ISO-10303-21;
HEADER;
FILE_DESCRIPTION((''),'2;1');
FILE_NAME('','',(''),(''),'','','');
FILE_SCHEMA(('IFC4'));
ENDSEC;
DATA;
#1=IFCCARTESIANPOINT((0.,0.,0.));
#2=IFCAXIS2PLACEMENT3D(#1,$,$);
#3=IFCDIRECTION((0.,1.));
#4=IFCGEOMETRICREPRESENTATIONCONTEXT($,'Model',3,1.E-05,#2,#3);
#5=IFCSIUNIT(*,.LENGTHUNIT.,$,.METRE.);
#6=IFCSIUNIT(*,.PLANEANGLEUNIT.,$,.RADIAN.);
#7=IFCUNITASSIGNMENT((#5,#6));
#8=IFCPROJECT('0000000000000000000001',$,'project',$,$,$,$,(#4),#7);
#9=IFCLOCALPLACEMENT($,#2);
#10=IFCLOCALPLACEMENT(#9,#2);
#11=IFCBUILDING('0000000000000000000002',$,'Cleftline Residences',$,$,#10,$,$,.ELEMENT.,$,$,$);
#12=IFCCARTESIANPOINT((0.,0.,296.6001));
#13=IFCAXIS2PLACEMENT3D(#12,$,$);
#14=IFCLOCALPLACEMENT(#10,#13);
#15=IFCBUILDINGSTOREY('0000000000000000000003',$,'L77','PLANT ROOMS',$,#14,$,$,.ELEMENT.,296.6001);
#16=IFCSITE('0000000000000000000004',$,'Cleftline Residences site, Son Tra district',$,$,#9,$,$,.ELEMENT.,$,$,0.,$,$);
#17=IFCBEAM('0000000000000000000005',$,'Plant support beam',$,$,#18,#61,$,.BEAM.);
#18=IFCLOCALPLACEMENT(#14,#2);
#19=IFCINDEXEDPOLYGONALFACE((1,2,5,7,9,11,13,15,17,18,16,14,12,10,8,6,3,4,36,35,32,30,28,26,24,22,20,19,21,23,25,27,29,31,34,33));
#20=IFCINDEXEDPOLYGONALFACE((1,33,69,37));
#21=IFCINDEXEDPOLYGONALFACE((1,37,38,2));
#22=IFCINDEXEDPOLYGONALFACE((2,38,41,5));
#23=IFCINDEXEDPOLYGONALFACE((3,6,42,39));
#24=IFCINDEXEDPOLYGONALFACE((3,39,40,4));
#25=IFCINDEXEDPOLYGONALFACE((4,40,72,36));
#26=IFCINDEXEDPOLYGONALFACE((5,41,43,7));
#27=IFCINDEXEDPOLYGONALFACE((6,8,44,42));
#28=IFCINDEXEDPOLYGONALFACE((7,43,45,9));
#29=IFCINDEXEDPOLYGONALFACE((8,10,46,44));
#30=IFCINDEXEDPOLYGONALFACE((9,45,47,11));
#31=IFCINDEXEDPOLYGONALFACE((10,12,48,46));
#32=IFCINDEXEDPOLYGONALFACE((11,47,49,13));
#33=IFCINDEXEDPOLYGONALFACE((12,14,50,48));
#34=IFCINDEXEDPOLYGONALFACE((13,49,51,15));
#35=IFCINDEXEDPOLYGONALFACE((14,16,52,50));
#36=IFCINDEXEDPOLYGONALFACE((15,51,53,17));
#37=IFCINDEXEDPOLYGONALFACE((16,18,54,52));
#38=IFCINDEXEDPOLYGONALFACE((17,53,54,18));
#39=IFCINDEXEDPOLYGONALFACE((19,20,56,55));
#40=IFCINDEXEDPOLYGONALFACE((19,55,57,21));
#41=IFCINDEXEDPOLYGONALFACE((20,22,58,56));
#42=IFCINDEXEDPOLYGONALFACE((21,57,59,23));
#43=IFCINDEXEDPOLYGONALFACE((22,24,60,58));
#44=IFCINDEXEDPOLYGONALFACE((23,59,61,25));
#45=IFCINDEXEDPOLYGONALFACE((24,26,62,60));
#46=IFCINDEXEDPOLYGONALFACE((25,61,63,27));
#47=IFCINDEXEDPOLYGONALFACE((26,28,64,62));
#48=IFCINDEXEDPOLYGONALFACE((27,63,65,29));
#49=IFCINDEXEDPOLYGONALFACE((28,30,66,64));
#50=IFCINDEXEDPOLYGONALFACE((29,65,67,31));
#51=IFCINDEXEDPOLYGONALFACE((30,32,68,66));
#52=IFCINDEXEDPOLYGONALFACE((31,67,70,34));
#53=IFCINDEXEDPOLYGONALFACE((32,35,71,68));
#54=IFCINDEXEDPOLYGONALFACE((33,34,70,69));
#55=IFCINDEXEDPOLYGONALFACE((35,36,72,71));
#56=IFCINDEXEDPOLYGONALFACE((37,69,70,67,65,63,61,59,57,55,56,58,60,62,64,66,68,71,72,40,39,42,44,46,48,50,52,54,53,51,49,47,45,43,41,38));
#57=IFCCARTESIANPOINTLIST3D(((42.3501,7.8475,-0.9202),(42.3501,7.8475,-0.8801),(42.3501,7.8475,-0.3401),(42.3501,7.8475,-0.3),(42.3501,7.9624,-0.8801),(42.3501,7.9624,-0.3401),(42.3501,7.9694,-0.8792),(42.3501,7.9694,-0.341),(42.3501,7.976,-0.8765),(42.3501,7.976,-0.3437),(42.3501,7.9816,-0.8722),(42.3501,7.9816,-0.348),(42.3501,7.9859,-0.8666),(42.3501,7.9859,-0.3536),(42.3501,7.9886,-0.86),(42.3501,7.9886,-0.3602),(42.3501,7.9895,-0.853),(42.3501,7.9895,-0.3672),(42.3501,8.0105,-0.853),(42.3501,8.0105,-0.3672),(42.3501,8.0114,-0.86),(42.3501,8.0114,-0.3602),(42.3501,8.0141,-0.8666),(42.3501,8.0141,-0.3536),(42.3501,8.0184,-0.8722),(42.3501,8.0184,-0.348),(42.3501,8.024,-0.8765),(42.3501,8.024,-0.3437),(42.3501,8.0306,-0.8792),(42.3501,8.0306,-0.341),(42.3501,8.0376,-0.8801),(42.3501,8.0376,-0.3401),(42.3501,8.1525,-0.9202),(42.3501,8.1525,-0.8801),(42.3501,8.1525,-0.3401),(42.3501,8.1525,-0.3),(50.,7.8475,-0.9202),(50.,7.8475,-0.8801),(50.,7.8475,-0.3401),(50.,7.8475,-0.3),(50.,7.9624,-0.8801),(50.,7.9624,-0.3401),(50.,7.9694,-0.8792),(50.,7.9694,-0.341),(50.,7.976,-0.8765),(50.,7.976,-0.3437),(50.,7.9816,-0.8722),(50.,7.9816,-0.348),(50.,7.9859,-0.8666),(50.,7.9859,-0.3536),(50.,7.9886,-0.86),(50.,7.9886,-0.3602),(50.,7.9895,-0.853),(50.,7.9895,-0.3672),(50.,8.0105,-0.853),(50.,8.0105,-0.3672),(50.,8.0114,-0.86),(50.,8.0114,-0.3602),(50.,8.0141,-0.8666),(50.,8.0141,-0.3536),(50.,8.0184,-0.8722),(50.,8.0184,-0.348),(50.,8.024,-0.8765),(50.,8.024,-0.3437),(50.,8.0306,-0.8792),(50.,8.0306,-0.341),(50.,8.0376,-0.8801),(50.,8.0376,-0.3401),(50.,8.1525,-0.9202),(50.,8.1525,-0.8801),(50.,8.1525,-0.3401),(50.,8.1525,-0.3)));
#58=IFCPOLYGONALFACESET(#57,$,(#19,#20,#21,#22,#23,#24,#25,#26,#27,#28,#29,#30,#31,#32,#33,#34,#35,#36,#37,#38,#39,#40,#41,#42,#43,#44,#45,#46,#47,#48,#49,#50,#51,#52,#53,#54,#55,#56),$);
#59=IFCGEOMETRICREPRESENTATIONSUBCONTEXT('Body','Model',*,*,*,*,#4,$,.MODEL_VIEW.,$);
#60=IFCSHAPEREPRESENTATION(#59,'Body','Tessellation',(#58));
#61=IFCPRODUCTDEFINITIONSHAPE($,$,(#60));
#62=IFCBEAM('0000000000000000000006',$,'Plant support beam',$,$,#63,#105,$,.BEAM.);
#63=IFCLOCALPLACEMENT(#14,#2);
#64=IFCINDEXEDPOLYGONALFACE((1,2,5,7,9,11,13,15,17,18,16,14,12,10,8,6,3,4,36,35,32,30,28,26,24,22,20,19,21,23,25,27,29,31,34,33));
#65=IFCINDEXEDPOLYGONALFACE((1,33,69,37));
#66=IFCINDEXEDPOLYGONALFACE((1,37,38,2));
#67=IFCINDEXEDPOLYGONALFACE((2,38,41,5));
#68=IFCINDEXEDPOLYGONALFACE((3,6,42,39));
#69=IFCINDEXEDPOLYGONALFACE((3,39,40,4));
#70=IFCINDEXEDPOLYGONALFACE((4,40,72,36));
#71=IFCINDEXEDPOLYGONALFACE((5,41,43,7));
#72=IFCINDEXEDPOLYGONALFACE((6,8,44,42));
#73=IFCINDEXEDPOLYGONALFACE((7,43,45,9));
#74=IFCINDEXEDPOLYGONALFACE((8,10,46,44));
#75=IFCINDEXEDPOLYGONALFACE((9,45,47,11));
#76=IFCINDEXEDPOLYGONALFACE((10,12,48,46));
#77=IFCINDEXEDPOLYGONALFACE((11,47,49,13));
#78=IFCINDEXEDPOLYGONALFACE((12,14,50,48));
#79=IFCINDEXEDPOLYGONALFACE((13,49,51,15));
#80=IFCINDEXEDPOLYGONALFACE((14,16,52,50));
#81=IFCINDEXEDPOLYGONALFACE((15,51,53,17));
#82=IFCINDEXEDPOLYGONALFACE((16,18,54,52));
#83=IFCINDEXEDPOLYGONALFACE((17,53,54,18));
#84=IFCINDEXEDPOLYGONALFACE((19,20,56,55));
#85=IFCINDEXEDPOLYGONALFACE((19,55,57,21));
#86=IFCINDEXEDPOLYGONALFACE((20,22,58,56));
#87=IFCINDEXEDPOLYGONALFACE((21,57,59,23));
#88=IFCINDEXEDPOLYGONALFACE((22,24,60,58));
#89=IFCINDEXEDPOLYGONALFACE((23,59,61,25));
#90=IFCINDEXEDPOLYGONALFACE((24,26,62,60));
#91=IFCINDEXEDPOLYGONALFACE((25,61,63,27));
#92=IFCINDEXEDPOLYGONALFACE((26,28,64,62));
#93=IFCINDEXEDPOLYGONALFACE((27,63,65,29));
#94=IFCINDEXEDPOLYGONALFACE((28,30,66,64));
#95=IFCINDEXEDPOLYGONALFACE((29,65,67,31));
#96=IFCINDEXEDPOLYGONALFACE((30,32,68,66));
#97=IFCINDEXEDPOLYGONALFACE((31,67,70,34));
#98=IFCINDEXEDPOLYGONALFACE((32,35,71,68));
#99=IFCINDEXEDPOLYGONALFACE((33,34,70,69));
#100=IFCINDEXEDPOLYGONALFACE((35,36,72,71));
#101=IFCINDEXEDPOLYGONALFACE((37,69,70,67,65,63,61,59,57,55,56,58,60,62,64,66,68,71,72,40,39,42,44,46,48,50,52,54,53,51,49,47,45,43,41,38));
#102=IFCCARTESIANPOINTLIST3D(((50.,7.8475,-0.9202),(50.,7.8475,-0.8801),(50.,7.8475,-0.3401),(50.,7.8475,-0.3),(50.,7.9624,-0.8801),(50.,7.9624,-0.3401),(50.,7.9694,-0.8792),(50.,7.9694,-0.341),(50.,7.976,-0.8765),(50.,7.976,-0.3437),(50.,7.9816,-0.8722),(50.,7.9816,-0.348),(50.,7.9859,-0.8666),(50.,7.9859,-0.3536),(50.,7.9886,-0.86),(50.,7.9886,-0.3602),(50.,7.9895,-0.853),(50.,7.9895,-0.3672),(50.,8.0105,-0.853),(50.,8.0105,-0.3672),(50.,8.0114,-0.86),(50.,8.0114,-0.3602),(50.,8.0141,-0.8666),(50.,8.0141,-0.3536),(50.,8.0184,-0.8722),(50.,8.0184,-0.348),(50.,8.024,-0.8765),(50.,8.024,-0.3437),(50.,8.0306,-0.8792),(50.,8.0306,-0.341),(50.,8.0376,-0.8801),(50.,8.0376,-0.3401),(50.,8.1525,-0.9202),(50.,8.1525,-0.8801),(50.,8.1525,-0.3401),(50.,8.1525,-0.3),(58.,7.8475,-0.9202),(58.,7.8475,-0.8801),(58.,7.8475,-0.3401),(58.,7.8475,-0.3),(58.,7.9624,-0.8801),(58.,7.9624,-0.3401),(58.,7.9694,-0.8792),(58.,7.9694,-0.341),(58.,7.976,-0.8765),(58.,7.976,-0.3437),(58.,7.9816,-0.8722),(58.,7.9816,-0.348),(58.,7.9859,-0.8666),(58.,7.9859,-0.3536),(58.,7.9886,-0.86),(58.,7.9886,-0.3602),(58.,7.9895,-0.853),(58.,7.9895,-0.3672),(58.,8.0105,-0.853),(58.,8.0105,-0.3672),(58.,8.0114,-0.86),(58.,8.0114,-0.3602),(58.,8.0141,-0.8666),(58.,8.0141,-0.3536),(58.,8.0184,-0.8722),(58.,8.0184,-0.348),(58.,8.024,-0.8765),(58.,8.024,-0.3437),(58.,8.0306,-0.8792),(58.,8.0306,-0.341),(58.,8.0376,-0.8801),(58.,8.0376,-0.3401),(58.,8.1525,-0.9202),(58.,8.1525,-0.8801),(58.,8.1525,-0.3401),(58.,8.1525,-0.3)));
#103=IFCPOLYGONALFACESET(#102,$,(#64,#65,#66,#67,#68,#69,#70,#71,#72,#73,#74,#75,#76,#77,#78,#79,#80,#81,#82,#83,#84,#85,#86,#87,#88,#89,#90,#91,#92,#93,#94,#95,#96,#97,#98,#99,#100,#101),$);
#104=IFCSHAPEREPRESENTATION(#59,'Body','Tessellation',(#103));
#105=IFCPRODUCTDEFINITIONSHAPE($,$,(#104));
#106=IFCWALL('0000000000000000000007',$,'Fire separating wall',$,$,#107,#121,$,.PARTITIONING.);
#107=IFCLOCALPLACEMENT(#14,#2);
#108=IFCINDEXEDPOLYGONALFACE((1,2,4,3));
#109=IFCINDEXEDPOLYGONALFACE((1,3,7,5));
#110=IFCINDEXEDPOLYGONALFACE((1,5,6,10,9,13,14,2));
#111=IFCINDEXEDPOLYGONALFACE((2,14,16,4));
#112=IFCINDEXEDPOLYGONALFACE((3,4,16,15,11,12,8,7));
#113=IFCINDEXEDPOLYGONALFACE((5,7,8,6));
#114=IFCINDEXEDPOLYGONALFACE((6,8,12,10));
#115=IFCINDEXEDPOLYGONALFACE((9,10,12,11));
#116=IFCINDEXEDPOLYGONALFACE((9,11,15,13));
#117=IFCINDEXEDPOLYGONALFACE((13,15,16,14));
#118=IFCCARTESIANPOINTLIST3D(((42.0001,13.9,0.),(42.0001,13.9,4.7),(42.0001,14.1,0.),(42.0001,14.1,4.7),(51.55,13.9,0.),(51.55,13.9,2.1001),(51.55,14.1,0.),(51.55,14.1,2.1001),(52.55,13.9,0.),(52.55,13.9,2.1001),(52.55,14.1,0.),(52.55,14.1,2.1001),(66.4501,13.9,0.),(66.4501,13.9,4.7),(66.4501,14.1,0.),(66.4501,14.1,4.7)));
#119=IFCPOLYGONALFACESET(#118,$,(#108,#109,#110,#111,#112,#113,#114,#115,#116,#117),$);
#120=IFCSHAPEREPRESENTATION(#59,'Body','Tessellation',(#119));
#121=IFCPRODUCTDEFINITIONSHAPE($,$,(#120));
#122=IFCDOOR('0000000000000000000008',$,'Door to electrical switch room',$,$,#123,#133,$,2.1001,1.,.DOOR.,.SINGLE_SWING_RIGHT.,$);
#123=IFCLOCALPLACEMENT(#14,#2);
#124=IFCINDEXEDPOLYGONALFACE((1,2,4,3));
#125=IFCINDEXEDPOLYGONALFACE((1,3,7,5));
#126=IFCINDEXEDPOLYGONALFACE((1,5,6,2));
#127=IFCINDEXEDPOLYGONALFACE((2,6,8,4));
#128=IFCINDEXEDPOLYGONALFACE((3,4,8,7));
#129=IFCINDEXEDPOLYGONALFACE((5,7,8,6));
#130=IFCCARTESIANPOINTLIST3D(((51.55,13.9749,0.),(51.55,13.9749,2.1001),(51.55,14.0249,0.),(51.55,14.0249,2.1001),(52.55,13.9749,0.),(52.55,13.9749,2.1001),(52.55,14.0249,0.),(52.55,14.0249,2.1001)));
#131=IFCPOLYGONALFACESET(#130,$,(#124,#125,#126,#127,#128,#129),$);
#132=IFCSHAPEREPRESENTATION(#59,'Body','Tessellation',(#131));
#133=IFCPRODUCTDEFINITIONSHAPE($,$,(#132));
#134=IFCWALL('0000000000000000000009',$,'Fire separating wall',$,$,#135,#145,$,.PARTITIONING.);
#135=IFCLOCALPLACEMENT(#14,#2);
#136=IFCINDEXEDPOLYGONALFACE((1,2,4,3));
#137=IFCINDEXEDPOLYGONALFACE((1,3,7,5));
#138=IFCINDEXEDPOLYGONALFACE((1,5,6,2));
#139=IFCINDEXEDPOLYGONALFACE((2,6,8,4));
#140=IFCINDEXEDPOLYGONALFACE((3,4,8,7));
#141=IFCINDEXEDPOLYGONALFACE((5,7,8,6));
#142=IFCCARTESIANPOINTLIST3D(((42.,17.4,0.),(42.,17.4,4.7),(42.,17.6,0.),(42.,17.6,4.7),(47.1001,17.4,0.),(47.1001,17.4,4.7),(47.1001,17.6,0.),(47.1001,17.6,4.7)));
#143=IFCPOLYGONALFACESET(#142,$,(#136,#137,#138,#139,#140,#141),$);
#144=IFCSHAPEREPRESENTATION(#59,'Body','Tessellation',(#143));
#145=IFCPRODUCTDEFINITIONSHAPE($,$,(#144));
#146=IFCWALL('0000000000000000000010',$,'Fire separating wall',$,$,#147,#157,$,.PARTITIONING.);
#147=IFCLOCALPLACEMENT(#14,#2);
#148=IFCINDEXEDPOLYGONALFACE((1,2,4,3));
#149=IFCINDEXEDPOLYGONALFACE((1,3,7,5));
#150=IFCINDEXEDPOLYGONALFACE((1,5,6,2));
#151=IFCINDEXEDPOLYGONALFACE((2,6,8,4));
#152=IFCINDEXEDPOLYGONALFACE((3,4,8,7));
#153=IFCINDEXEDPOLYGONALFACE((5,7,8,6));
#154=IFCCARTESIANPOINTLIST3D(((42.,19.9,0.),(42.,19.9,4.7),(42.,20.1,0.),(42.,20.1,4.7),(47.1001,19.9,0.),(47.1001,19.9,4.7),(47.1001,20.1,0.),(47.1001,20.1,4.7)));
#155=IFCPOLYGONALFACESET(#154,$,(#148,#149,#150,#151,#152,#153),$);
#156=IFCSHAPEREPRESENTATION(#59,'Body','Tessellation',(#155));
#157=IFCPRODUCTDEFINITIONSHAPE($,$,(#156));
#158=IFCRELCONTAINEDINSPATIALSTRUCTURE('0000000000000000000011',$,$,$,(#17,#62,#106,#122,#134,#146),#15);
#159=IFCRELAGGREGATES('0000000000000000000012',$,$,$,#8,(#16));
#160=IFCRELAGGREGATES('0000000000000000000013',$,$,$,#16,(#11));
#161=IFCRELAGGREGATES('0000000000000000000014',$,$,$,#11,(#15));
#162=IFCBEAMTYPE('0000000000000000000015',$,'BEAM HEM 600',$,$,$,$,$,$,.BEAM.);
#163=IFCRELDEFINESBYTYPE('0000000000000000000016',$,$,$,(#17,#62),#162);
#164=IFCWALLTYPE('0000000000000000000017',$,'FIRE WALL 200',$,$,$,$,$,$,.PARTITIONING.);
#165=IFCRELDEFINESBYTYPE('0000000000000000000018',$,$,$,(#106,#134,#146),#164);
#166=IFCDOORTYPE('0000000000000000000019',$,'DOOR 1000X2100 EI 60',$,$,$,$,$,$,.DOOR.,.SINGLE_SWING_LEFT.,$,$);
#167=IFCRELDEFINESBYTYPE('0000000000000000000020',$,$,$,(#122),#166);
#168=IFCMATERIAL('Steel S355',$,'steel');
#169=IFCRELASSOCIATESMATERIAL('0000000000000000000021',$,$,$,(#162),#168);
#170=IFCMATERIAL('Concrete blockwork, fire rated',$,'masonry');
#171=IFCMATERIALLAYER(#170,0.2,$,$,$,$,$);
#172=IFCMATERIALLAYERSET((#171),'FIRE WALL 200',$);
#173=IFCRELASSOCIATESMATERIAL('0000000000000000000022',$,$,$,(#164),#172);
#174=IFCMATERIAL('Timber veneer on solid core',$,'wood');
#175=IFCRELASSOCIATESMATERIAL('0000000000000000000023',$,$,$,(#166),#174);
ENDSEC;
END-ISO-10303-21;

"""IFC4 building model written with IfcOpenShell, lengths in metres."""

from ifc_helpers import new_model, si_unit, direction, frame, frame_2d, origin, origin_2d, place, context, subcontext, project, spatial, rectangle, i_section, extrude, material, layer, layer_set, material_profile, profile_set, type_object, element, fill, save


model = new_model("IFC4")

# Units and contexts
model_context = context("Model", 3, precision=1e-05, world=origin(), true_north=direction((0.0, 1.0)))
body_context = subcontext(model_context, "Body", "Model", "MODEL_VIEW")
ifc_project = project(units=[si_unit("LENGTHUNIT", "METRE"), si_unit("PLANEANGLEUNIT", "RADIAN")], contexts=[model_context])

# Site, building, storey
site_placement = place(None, origin())
site = spatial("IfcSite", under=ifc_project, at=site_placement, Name="Cleftline Residences site, Son Tra district", CompositionType="ELEMENT", RefElevation=0.0)
building_placement = place(site_placement, origin())
building = spatial("IfcBuilding", under=site, at=building_placement, Name="Cleftline Residences", CompositionType="ELEMENT")
storey_placement = place(building_placement, frame((0.0, 0.0, 296.6001)))
storey = spatial("IfcBuildingStorey", under=building, at=storey_placement, Name="L77", Description="PLANT ROOMS", CompositionType="ELEMENT", Elevation=296.6001)

# Beams
ifc_material_1 = material(Name="Steel S355", Category="steel")
ifc_material_profile_1 = material_profile(ifc_material_1, i_section(OverallWidth=0.3049, OverallDepth=0.6201, WebThickness=0.021, FlangeThickness=0.04, FilletRadius=0.0271, at=origin_2d()))
ifc_profile_set_1 = profile_set([ifc_material_profile_1], Name="Steel S355")
beam_type_1 = type_object("IfcBeamType", Name="BEAM HEM 600", PredefinedType="BEAM", material=ifc_profile_set_1)
beam_1_placement = place(storey_placement, frame((42.3501, 8.0, -0.6101), z_axis=(1.0, 0.0, 0.0), x_axis=(0.0, 1.0, 0.0)))
element("IfcBeam", 1, at=beam_1_placement, inside=storey, type_object=beam_type_1, Name="Plant support beam", PredefinedType="BEAM", context=body_context, shape_type="SweptSolid", body=[
    extrude(i_section(OverallWidth=0.3049, OverallDepth=0.6201, WebThickness=0.021, FlangeThickness=0.04, FilletRadius=0.0271, at=origin_2d()), origin(), (0.0, 0.0, 1.0), 7.6499),
])
beam_2_placement = place(storey_placement, frame((50.0, 8.0, -0.6101), z_axis=(1.0, 0.0, 0.0), x_axis=(0.0, 1.0, 0.0)))
element("IfcBeam", 2, at=beam_2_placement, inside=storey, type_object=beam_type_1, Name="Plant support beam", PredefinedType="BEAM", context=body_context, shape_type="SweptSolid", body=[
    extrude(i_section(OverallWidth=0.3049, OverallDepth=0.6201, WebThickness=0.021, FlangeThickness=0.04, FilletRadius=0.0271, at=origin_2d()), origin(), (0.0, 0.0, 1.0), 8.0),
])

# Wall, opening, door
ifc_material_2 = material(Name="Concrete blockwork, fire rated", Category="masonry")
ifc_layer_1 = layer(ifc_material_2, 0.2)
ifc_layer_set_1 = layer_set([ifc_layer_1], Name="FIRE WALL 200")
wall_type_1 = type_object("IfcWallType", Name="FIRE WALL 200", PredefinedType="PARTITIONING", material=ifc_layer_set_1)
wall_1_placement = place(storey_placement, frame((42.0, 14.0, 0.0), z_axis=(0.0, 0.0, 1.0), x_axis=(1.0, 0.0, 0.0)))
wall_1 = element("IfcWall", 3, at=wall_1_placement, inside=storey, type_object=wall_type_1, Name="Fire separating wall", PredefinedType="PARTITIONING", context=body_context, shape_type="SweptSolid", body=[
    extrude(rectangle(XDim=24.45, YDim=0.2, at=frame_2d((12.2251, 0.0))), origin(), (0.0, 0.0, 1.0), 4.7),
])
opening_1_placement = place(wall_1_placement, frame((9.55, 0.0, 0.0)))
opening_1 = element("IfcOpeningElement", 4, at=opening_1_placement, cuts=wall_1, PredefinedType="OPENING", context=body_context, shape_type="SweptSolid", body=[
    extrude(rectangle(XDim=1.0, YDim=2.1001, at=frame_2d((0.5, 1.05))), frame((0.0, 0.1099, 0.0), z_axis=(0.0, -1.0, 0.0), x_axis=(1.0, 0.0, 0.0)), (0.0, 0.0, 1.0), 0.22),
])
ifc_material_3 = material(Name="Timber veneer on solid core", Category="wood")
door_type_1 = type_object("IfcDoorType", Name="DOOR 1000X2100 EI 60", OperationType="SINGLE_SWING_LEFT", PredefinedType="DOOR", material=ifc_material_3)
door_1_placement = place(opening_1_placement, origin())
door_1 = element("IfcDoor", 5, at=door_1_placement, inside=storey, type_object=door_type_1, Name="Door to electrical switch room", OperationType="SINGLE_SWING_RIGHT", OverallHeight=2.1001, OverallWidth=1.0, PredefinedType="DOOR", context=body_context, shape_type="SweptSolid", body=[
    extrude(rectangle(XDim=1.0, YDim=2.1001, at=frame_2d((0.5, 1.05))), frame((0.0, 0.0249, 0.0), z_axis=(0.0, -1.0, 0.0), x_axis=(1.0, 0.0, 0.0)), (0.0, 0.0, 1.0), 0.05),
])
fill(opening_1, door_1)

# Walls
for number, where, z_axis, x_axis, name in (
    (6, (42.0, 17.5, 0.0), (0.0, 0.0, 1.0), (1.0, 0.0, 0.0), "Fire separating wall"),
    (7, (42.0, 20.0, 0.0), (0.0, 0.0, 1.0), (1.0, 0.0, 0.0), "Fire separating wall"),
):
    element("IfcWall", number, at=place(storey_placement, frame(where, z_axis=z_axis, x_axis=x_axis)), inside=storey, type_object=wall_type_1, Name=name, PredefinedType="PARTITIONING", context=body_context, shape_type="SweptSolid", body=[
        extrude(rectangle(XDim=5.1001, YDim=0.2, at=frame_2d((2.55, 0.0))), origin(), (0.0, 0.0, 1.0), 4.7),
    ])

save(model, "model.ifc")
